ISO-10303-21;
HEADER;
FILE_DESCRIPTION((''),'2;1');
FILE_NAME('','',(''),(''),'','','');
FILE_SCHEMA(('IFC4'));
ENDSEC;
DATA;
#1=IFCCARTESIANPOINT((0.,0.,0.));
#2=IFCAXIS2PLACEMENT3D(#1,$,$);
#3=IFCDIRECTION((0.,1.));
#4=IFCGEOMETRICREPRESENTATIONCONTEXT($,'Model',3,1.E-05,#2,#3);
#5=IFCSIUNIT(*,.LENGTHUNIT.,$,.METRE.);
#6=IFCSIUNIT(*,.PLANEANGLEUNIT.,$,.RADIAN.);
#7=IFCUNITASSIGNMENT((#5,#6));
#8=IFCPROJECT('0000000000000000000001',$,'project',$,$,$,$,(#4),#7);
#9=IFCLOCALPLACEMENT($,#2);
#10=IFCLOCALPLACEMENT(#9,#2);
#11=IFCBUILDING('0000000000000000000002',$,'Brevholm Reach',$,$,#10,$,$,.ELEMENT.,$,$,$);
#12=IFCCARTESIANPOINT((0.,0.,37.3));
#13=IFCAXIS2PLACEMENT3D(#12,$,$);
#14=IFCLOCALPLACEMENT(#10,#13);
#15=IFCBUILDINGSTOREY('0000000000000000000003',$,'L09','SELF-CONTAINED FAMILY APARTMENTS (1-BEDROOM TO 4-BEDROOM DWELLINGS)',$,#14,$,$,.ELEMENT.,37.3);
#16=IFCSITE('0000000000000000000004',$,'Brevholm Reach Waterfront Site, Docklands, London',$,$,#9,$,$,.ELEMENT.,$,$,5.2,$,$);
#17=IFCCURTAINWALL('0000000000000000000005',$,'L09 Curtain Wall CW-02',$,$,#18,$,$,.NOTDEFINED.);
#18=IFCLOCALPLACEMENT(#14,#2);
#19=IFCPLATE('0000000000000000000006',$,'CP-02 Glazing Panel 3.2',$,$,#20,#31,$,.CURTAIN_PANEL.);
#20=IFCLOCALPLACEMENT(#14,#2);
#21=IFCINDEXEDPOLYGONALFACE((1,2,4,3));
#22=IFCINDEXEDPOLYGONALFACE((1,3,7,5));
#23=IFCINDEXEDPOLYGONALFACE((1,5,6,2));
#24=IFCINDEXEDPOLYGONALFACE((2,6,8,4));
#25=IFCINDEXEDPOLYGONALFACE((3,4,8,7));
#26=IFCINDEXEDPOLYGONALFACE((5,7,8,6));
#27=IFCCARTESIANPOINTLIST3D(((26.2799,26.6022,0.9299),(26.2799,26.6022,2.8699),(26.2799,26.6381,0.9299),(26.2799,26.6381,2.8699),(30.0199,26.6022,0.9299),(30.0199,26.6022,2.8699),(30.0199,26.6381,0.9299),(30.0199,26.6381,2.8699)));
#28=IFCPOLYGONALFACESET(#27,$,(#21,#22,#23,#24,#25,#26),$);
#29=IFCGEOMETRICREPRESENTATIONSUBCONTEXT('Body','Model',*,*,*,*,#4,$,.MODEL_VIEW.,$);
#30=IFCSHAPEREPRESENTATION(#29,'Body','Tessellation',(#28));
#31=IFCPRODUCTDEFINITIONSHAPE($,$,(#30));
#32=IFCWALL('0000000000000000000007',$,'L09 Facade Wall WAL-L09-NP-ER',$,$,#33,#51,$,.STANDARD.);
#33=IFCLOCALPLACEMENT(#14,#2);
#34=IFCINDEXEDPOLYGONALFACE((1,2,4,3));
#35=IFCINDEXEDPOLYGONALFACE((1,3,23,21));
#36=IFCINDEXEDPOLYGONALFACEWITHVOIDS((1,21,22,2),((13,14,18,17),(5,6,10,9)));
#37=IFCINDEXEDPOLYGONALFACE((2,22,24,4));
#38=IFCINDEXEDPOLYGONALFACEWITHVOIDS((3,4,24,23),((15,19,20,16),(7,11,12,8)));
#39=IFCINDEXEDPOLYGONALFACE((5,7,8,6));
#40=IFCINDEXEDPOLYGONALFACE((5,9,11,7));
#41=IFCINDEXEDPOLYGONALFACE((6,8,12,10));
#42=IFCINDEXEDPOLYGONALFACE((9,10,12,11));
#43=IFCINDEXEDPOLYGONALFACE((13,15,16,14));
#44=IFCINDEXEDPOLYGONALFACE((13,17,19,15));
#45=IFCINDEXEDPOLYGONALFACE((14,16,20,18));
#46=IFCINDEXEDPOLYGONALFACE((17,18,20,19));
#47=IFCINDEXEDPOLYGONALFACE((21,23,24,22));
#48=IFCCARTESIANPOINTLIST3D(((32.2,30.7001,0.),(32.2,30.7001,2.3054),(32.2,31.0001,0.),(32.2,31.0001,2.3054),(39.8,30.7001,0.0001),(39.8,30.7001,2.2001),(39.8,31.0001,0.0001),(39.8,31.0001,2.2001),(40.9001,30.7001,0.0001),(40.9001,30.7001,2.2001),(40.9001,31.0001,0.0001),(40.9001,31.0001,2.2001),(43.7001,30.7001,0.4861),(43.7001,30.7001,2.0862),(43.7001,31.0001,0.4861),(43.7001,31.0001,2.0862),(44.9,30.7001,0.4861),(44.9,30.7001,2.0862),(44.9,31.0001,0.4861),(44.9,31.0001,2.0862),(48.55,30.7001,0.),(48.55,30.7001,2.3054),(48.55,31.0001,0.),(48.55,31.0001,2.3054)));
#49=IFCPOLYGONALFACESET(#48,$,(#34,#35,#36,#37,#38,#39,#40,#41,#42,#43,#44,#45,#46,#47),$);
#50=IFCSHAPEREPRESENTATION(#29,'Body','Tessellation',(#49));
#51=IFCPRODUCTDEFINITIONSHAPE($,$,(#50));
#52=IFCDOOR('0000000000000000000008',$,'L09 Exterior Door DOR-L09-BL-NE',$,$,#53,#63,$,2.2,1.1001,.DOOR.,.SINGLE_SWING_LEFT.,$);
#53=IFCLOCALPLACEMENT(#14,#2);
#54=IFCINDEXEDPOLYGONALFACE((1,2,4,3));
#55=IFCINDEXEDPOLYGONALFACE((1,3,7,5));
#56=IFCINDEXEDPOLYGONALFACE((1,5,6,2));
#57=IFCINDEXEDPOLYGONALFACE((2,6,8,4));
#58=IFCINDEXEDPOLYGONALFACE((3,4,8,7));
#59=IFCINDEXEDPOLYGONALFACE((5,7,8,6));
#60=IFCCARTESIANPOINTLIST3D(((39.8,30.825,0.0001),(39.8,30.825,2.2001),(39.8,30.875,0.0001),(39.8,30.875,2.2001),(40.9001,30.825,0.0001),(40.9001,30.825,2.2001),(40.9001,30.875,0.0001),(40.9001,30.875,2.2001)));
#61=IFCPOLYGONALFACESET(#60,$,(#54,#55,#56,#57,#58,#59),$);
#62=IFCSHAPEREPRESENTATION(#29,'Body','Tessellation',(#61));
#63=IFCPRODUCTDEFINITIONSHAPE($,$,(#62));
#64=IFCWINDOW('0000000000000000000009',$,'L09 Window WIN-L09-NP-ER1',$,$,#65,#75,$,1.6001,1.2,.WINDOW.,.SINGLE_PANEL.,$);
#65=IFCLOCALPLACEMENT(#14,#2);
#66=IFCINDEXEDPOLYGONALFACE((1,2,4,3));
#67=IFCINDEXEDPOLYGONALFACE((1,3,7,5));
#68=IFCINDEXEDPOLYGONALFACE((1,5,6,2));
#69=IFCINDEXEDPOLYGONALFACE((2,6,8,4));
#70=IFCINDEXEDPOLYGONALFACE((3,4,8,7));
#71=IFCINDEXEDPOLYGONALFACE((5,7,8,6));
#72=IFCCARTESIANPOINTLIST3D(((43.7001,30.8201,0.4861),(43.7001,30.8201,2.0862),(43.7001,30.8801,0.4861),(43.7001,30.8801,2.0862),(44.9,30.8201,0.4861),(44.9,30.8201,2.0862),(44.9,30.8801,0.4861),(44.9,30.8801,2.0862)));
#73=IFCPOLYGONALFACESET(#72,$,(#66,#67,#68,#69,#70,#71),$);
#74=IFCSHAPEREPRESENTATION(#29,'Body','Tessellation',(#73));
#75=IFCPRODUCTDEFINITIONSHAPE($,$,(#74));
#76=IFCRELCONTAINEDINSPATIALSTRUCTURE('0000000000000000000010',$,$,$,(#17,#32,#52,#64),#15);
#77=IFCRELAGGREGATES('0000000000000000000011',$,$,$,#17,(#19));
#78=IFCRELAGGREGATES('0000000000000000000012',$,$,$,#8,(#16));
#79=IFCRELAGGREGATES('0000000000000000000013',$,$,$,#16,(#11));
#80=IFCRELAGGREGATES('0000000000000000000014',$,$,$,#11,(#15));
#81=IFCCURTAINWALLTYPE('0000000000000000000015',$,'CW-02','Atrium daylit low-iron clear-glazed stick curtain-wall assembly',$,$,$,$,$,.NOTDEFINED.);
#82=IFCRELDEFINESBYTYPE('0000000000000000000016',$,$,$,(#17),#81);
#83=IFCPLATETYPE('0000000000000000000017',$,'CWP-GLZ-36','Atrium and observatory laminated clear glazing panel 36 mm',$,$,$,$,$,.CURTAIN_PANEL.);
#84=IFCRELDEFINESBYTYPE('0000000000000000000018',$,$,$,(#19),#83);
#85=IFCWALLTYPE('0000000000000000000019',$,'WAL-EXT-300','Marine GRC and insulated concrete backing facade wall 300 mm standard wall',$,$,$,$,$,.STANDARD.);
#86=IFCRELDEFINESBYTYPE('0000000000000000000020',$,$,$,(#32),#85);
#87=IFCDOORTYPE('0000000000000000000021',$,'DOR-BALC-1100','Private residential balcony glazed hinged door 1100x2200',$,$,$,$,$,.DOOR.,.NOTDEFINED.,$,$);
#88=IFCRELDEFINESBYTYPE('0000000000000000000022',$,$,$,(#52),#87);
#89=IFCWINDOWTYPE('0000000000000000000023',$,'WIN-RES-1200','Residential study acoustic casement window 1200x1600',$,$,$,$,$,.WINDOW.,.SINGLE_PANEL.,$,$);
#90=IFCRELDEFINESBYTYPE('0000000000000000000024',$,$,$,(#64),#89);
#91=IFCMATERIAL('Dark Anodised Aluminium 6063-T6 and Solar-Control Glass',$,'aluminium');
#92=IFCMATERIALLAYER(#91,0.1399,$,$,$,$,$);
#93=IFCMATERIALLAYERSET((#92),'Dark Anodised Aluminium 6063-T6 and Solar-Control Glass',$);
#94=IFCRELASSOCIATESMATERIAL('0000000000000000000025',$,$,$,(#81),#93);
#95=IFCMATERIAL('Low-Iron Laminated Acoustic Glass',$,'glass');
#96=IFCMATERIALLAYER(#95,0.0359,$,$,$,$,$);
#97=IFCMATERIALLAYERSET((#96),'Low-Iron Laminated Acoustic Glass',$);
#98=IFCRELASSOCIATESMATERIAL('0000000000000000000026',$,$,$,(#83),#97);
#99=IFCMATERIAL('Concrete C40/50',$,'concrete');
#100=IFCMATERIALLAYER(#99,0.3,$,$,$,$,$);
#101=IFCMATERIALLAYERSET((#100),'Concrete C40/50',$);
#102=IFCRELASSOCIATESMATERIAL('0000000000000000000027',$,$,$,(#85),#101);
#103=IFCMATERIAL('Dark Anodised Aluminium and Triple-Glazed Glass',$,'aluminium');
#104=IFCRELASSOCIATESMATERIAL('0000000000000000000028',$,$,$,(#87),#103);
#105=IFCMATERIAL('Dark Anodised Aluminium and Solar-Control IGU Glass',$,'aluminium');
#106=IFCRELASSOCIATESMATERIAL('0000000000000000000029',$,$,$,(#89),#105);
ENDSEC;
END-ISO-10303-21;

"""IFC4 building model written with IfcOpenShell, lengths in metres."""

from ifc_helpers import new_model, si_unit, direction, frame, frame_2d, origin, origin_2d, place, context, subcontext, project, spatial, rectangle, extrude, material, layer, layer_set, type_object, element, fill, aggregate, save


model = new_model("IFC4")

# Units and contexts
model_context = context("Model", 3, precision=1e-05, world=origin(), true_north=direction((0.0, 1.0)))
body_context = subcontext(model_context, "Body", "Model", "MODEL_VIEW")
ifc_project = project(units=[si_unit("LENGTHUNIT", "METRE"), si_unit("PLANEANGLEUNIT", "RADIAN")], contexts=[model_context])

# Site, building, storey
site_placement = place(None, origin())
site = spatial("IfcSite", under=ifc_project, at=site_placement, Name="Brevholm Reach Waterfront Site, Docklands, London", CompositionType="ELEMENT", RefElevation=5.2)
building_placement = place(site_placement, origin())
building = spatial("IfcBuilding", under=site, at=building_placement, Name="Brevholm Reach", CompositionType="ELEMENT")
storey_placement = place(building_placement, frame((0.0, 0.0, 37.3)))
storey = spatial("IfcBuildingStorey", under=building, at=storey_placement, Name="L09", Description="SELF-CONTAINED FAMILY APARTMENTS (1-BEDROOM TO 4-BEDROOM DWELLINGS)", CompositionType="ELEMENT", Elevation=37.3)

# Curtain wall
ifc_material_1 = material(Name="Dark Anodised Aluminium 6063-T6 and Solar-Control Glass", Category="aluminium")
ifc_layer_1 = layer(ifc_material_1, 0.1399)
ifc_layer_set_1 = layer_set([ifc_layer_1], Name="Dark Anodised Aluminium 6063-T6 and Solar-Control Glass")
curtain_wall_type_1 = type_object("IfcCurtainWallType", Name="CW-02", Description="Atrium daylit low-iron clear-glazed stick curtain-wall assembly", PredefinedType="NOTDEFINED", material=ifc_layer_set_1)
curtain_wall_1_placement = place(storey_placement, origin())
curtain_wall_1 = element("IfcCurtainWall", 1, at=curtain_wall_1_placement, inside=storey, type_object=curtain_wall_type_1, Name="L09 Curtain Wall CW-02", PredefinedType="NOTDEFINED")

# Plate
ifc_material_2 = material(Name="Low-Iron Laminated Acoustic Glass", Category="glass")
ifc_layer_2 = layer(ifc_material_2, 0.0359)
ifc_layer_set_2 = layer_set([ifc_layer_2], Name="Low-Iron Laminated Acoustic Glass")
plate_type_1 = type_object("IfcPlateType", Name="CWP-GLZ-36", Description="Atrium and observatory laminated clear glazing panel 36 mm", PredefinedType="CURTAIN_PANEL", material=ifc_layer_set_2)
plate_1_placement = place(storey_placement, frame((28.1499, 26.6201, 0.9299), z_axis=(0.0, 0.0, 1.0), x_axis=(-1.0, 0.0, 0.0)))
plate_1 = element("IfcPlate", 2, at=plate_1_placement, type_object=plate_type_1, Name="CP-02 Glazing Panel 3.2", PredefinedType="CURTAIN_PANEL", context=body_context, shape_type="SweptSolid", body=[
    extrude(rectangle(XDim=3.74, YDim=0.0359, at=origin_2d()), origin(), (0.0, 0.0, 1.0), 1.9399),
])
aggregate(curtain_wall_1, [plate_1])

# Wall, openings, door, window
ifc_material_3 = material(Name="Concrete C40/50", Category="concrete")
ifc_layer_3 = layer(ifc_material_3, 0.3)
ifc_layer_set_3 = layer_set([ifc_layer_3], Name="Concrete C40/50")
wall_type = type_object("IfcWallType", Name="WAL-EXT-300", Description="Marine GRC and insulated concrete backing facade wall 300 mm standard wall", PredefinedType="STANDARD", material=ifc_layer_set_3)
wall_placement = place(storey_placement, frame((32.2, 30.8501, 0.0), z_axis=(0.0, 0.0, 1.0), x_axis=(1.0, 0.0, 0.0)))
wall = element("IfcWall", 3, at=wall_placement, inside=storey, type_object=wall_type, Name="L09 Facade Wall WAL-L09-NP-ER", PredefinedType="STANDARD", context=body_context, shape_type="SweptSolid", body=[
    extrude(rectangle(XDim=16.3501, YDim=0.3, at=frame_2d((8.175, 0.0))), origin(), (0.0, 0.0, 1.0), 2.3054),
])
opening_1_placement = place(wall_placement, frame((7.6001, 0.0, 0.0)))
opening_1 = element("IfcOpeningElement", 4, at=opening_1_placement, cuts=wall, PredefinedType="OPENING", context=body_context, shape_type="SweptSolid", body=[
    extrude(rectangle(XDim=1.1001, YDim=2.2, at=frame_2d((0.55, 1.1001))), frame((0.0, 0.1599, 0.0), z_axis=(0.0, -1.0, 0.0), x_axis=(1.0, 0.0, 0.0)), (0.0, 0.0, 1.0), 0.3201),
])
opening_2_placement = place(wall_placement, frame((11.5, 0.0, 0.4861)))
opening_2 = element("IfcOpeningElement", 5, at=opening_2_placement, cuts=wall, PredefinedType="OPENING", context=body_context, shape_type="SweptSolid", body=[
    extrude(rectangle(XDim=1.2, YDim=1.6001, at=frame_2d((0.6001, 0.8))), frame((0.0, 0.1599, 0.0), z_axis=(0.0, -1.0, 0.0), x_axis=(1.0, 0.0, 0.0)), (0.0, 0.0, 1.0), 0.3201),
])
ifc_material_4 = material(Name="Dark Anodised Aluminium and Triple-Glazed Glass", Category="aluminium")
door_type = type_object("IfcDoorType", Name="DOR-BALC-1100", Description="Private residential balcony glazed hinged door 1100x2200", OperationType="NOTDEFINED", PredefinedType="DOOR", material=ifc_material_4)
door_placement = place(opening_1_placement, origin())
door = element("IfcDoor", 6, at=door_placement, inside=storey, type_object=door_type, Name="L09 Exterior Door DOR-L09-BL-NE", OperationType="SINGLE_SWING_LEFT", OverallHeight=2.2, OverallWidth=1.1001, PredefinedType="DOOR", context=body_context, shape_type="SweptSolid", body=[
    extrude(rectangle(XDim=1.1001, YDim=2.2, at=frame_2d((0.55, 1.1001))), frame((0.0, 0.0249, 0.0), z_axis=(0.0, -1.0, 0.0), x_axis=(1.0, 0.0, 0.0)), (0.0, 0.0, 1.0), 0.05),
])
fill(opening_1, door)
ifc_material_5 = material(Name="Dark Anodised Aluminium and Solar-Control IGU Glass", Category="aluminium")
window_type = type_object("IfcWindowType", Name="WIN-RES-1200", Description="Residential study acoustic casement window 1200x1600", PartitioningType="SINGLE_PANEL", PredefinedType="WINDOW", material=ifc_material_5)
window_placement = place(opening_2_placement, origin())
window = element("IfcWindow", 7, at=window_placement, inside=storey, type_object=window_type, Name="L09 Window WIN-L09-NP-ER1", OverallHeight=1.6001, OverallWidth=1.2, PartitioningType="SINGLE_PANEL", PredefinedType="WINDOW", context=body_context, shape_type="SweptSolid", body=[
    extrude(rectangle(XDim=1.2, YDim=1.6001, at=frame_2d((0.6001, 0.8))), frame((0.0, 0.03, 0.0), z_axis=(0.0, -1.0, 0.0), x_axis=(1.0, 0.0, 0.0)), (0.0, 0.0, 1.0), 0.0601),
])
fill(opening_2, window)

save(model, "model.ifc")
